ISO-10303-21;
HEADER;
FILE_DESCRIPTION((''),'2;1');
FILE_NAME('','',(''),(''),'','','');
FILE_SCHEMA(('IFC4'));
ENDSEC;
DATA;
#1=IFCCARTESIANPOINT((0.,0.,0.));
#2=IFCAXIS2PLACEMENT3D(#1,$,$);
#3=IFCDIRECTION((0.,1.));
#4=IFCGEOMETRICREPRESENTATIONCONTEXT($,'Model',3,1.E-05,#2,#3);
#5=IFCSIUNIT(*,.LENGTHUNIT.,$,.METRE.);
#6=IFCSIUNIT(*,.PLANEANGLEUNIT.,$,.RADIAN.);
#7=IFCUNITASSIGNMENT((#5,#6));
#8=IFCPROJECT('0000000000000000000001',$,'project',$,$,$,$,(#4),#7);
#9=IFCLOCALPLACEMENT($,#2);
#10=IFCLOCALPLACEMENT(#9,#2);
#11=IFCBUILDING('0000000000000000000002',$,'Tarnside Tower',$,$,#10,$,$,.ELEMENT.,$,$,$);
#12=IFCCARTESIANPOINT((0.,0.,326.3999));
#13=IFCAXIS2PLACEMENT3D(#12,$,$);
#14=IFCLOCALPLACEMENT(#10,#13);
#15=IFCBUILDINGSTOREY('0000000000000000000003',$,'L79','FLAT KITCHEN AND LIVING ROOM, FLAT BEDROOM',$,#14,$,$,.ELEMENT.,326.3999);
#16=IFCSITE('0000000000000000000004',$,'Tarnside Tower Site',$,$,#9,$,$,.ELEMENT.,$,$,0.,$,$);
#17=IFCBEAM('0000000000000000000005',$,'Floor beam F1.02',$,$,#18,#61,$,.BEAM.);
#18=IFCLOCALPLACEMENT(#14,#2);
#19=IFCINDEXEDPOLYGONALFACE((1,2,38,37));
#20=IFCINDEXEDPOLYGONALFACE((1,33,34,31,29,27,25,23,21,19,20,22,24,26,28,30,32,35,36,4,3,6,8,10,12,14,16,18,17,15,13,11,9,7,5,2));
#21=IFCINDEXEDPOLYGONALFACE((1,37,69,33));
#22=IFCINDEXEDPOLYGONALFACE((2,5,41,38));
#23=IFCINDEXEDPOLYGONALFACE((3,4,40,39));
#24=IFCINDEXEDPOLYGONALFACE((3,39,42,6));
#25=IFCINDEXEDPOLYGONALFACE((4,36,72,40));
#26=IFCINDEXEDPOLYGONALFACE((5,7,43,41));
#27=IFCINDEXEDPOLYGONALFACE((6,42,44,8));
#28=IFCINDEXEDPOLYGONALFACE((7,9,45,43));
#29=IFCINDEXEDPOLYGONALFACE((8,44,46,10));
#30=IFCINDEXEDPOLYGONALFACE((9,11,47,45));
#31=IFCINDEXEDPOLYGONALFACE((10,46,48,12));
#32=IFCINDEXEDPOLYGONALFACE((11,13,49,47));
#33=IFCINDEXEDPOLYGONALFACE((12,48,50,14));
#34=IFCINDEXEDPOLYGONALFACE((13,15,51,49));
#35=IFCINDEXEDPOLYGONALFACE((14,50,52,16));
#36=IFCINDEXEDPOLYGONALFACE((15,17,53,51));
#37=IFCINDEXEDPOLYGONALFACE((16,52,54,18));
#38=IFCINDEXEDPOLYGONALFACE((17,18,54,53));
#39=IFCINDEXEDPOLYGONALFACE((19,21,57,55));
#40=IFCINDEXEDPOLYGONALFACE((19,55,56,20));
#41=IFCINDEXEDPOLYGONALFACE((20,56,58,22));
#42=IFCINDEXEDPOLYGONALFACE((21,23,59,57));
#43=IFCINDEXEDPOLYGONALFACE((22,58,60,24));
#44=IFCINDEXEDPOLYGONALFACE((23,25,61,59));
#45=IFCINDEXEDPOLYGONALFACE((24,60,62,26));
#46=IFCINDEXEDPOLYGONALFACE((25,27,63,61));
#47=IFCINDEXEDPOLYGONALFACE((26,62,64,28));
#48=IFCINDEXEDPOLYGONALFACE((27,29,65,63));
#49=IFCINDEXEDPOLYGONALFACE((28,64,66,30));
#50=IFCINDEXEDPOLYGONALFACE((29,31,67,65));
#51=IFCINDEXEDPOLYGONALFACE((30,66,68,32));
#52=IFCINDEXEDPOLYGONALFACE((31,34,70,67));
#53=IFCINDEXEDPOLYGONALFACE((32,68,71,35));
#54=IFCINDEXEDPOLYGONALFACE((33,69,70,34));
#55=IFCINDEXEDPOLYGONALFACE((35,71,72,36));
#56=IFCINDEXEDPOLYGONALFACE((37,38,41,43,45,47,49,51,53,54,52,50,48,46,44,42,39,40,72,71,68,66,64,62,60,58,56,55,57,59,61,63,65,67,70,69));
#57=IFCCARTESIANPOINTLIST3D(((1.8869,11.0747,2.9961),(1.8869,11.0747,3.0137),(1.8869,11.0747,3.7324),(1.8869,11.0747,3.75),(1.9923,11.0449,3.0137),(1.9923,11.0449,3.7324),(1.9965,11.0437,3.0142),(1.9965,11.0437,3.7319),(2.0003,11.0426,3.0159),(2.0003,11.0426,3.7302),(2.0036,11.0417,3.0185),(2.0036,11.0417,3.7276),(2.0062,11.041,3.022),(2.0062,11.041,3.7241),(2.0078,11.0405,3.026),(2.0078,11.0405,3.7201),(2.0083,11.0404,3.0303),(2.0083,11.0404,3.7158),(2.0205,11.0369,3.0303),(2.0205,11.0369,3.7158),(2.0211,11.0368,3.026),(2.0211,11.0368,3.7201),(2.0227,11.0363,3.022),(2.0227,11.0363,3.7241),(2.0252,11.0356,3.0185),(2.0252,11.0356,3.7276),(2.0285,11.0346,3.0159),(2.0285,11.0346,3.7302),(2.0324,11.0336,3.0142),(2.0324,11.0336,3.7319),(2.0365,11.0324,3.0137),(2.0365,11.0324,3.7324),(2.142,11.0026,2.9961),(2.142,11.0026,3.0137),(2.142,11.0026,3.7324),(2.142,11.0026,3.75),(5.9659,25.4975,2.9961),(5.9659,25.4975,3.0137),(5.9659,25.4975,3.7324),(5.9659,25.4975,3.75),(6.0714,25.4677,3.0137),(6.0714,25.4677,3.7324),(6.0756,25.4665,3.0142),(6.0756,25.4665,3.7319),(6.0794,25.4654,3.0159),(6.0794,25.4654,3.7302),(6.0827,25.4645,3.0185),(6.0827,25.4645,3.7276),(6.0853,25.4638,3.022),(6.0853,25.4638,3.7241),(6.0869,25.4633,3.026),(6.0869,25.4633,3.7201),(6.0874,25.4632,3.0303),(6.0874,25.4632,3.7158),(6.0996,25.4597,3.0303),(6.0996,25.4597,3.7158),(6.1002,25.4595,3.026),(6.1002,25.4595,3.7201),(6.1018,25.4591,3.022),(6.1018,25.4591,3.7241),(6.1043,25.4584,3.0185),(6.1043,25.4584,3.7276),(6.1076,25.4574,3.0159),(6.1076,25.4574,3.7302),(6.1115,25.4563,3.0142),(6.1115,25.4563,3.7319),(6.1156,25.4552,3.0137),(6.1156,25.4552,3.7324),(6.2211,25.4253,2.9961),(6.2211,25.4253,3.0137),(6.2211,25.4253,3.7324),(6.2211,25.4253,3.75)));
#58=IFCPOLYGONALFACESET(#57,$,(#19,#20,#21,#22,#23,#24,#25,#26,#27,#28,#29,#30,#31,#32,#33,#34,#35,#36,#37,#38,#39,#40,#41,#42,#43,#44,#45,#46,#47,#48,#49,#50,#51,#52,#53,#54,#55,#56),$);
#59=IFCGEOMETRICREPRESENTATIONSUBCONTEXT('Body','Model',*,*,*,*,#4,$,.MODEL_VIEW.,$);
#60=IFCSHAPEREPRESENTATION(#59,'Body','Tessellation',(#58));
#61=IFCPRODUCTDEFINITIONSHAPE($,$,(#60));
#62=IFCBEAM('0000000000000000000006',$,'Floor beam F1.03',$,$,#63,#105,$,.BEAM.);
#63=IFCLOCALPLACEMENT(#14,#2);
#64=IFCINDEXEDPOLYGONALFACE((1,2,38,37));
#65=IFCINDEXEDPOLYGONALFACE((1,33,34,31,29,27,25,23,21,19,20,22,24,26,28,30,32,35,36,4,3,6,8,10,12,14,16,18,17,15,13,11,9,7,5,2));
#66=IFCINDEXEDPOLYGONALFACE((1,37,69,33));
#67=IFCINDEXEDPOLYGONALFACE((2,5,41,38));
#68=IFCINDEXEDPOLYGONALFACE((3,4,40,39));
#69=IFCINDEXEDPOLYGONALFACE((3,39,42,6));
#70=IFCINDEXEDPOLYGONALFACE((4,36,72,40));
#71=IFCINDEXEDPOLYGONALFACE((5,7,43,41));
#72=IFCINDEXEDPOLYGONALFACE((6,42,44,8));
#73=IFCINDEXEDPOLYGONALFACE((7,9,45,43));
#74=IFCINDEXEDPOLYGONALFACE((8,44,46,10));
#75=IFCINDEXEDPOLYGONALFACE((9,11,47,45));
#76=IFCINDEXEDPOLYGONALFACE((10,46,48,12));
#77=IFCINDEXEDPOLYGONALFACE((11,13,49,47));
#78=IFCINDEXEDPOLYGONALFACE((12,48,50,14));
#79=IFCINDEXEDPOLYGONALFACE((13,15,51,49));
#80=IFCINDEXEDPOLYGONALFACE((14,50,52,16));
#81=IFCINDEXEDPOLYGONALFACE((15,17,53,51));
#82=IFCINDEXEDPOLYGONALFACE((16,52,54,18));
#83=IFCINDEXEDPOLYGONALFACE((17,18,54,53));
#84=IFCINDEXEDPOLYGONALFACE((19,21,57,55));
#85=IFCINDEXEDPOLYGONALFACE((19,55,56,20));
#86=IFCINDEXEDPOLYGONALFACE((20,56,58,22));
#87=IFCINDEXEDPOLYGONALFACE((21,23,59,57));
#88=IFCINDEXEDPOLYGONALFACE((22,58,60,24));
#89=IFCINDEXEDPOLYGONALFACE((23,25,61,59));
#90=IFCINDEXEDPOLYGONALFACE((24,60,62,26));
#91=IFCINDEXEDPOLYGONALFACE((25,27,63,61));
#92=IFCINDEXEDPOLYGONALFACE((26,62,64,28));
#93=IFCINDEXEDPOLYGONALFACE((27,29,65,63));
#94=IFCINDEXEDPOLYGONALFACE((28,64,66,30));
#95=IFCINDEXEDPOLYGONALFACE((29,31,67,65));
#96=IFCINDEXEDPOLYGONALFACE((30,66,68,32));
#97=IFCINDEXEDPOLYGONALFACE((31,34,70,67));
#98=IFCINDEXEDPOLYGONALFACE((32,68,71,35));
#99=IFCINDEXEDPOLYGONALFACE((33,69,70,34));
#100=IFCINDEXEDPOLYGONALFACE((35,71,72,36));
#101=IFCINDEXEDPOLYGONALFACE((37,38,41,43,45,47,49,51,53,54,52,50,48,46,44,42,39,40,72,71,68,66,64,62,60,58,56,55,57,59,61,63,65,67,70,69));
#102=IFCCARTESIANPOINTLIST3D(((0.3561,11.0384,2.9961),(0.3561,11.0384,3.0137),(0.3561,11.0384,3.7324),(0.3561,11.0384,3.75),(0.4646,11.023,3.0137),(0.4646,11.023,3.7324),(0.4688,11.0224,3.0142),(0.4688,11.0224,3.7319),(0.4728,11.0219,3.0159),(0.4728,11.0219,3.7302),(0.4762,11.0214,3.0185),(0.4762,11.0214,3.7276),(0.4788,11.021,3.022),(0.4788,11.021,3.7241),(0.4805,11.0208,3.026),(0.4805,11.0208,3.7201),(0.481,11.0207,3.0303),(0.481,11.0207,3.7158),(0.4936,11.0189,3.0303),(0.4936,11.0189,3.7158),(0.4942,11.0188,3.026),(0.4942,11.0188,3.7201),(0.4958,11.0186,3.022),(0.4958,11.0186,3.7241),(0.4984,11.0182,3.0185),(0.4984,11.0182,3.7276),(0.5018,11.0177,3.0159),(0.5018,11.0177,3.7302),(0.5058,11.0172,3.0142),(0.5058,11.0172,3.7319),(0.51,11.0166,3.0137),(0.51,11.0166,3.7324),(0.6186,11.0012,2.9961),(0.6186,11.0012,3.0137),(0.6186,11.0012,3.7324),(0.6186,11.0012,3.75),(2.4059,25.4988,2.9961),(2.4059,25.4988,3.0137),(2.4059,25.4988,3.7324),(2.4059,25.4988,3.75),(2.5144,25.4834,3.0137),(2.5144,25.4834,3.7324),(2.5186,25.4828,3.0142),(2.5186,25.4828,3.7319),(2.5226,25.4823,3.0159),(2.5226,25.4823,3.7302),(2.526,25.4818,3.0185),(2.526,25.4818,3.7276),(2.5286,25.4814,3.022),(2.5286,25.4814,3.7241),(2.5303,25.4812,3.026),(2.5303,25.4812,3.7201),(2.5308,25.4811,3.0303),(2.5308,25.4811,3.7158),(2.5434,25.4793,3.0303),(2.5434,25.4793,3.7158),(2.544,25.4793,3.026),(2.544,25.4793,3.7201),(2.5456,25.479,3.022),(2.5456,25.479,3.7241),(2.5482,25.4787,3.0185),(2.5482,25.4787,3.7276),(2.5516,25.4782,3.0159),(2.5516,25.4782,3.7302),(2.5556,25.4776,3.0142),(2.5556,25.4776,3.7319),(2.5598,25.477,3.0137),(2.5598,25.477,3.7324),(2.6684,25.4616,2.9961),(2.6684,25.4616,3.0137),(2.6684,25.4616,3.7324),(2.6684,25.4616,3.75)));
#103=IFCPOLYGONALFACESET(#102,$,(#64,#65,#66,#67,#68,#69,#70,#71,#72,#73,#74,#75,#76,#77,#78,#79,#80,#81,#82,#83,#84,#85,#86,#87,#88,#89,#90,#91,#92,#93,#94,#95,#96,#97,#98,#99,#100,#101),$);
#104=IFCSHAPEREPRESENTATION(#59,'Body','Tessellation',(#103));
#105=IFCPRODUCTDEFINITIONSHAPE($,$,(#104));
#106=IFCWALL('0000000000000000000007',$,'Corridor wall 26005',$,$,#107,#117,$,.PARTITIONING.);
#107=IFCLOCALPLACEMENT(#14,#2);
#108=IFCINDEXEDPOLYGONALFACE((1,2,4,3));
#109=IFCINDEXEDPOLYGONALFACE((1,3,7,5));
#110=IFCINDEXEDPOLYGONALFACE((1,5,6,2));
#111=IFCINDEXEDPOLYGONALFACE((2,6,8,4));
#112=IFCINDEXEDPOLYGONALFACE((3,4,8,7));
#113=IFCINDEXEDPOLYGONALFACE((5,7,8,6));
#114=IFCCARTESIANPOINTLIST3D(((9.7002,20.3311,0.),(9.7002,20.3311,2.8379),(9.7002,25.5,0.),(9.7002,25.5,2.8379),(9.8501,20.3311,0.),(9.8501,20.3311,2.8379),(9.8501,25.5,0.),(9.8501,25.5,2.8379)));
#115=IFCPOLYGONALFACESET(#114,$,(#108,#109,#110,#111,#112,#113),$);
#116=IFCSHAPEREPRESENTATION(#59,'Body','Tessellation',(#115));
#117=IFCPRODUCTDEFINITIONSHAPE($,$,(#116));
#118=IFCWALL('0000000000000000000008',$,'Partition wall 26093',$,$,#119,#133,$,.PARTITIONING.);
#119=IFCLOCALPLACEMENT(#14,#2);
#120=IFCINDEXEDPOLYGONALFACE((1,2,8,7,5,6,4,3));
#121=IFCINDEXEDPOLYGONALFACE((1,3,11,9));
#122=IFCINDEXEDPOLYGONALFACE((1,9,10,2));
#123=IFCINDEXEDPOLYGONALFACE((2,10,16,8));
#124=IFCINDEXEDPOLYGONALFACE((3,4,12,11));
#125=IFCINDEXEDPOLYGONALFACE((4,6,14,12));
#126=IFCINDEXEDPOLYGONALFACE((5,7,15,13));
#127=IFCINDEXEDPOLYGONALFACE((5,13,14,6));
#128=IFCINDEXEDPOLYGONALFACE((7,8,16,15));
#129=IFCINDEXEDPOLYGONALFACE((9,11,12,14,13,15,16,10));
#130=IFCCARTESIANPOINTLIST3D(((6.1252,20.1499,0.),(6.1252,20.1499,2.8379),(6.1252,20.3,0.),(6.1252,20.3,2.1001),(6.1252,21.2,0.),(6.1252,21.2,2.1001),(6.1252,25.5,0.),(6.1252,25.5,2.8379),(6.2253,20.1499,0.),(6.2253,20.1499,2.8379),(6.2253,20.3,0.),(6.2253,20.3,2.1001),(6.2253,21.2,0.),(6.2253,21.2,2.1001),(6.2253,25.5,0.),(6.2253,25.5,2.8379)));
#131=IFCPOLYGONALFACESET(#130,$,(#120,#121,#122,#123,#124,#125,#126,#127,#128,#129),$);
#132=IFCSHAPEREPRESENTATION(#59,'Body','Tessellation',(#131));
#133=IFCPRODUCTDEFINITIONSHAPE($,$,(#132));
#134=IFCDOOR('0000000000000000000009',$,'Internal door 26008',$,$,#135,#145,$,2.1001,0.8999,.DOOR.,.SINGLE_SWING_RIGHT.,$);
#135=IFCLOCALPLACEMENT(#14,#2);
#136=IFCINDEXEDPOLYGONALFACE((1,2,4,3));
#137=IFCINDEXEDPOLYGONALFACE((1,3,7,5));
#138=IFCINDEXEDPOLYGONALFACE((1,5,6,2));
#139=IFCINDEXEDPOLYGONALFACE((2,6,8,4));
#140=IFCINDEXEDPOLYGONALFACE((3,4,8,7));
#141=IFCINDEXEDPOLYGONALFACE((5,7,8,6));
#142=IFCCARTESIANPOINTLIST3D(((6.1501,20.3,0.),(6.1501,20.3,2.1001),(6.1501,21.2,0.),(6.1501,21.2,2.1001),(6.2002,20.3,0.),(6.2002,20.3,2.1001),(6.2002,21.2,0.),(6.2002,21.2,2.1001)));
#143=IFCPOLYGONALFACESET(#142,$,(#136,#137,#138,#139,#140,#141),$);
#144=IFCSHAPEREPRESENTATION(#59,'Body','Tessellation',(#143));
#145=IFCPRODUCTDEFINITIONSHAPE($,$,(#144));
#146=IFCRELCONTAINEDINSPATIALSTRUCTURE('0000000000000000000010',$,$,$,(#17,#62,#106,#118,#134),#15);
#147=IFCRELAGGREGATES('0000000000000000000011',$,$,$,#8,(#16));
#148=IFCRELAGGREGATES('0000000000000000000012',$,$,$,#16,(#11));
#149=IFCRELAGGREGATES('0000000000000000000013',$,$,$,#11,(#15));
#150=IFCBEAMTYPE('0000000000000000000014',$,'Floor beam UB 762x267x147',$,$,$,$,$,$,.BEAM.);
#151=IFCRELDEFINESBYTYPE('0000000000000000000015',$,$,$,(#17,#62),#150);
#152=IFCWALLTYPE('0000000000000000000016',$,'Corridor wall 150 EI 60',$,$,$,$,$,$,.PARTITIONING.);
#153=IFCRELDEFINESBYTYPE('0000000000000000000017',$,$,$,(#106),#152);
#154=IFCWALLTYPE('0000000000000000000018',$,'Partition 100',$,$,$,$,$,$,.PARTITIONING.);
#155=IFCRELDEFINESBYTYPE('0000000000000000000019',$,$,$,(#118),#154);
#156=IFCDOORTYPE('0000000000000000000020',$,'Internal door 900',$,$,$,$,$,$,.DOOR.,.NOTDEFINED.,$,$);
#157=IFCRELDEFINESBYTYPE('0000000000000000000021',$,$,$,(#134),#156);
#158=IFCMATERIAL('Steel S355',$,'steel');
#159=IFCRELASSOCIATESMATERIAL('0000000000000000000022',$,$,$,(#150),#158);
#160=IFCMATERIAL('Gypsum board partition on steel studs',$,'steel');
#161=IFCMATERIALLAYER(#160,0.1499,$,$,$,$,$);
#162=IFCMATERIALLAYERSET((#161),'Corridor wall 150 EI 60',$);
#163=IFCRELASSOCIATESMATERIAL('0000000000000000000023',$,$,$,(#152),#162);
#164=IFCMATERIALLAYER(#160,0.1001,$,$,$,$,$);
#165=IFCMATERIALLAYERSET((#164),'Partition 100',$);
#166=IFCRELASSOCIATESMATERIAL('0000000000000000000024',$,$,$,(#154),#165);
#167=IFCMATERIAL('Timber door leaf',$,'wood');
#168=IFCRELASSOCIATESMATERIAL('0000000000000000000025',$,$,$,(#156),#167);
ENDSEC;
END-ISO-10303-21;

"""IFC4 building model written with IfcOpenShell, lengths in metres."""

from ifc_helpers import new_model, si_unit, direction, frame, frame_2d, origin, origin_2d, place, context, subcontext, project, spatial, rectangle, i_section, extrude, material, layer, layer_set, material_profile, profile_set, type_object, element, fill, save


model = new_model("IFC4")

# Units and contexts
model_context = context("Model", 3, precision=1e-05, world=origin(), true_north=direction((0.0, 1.0)))
body_context = subcontext(model_context, "Body", "Model", "MODEL_VIEW")
ifc_project = project(units=[si_unit("LENGTHUNIT", "METRE"), si_unit("PLANEANGLEUNIT", "RADIAN")], contexts=[model_context])

# Site, building, storey
site_placement = place(None, origin())
site = spatial("IfcSite", under=ifc_project, at=site_placement, Name="Tarnside Tower Site", CompositionType="ELEMENT", RefElevation=0.0)
building_placement = place(site_placement, origin())
building = spatial("IfcBuilding", under=site, at=building_placement, Name="Tarnside Tower", CompositionType="ELEMENT")
storey_placement = place(building_placement, frame((0.0, 0.0, 326.3999)))
storey = spatial("IfcBuildingStorey", under=building, at=storey_placement, Name="L79", Description="FLAT KITCHEN AND LIVING ROOM, FLAT BEDROOM", CompositionType="ELEMENT", Elevation=326.3999)

# Beams
ifc_material_1 = material(Name="Steel S355", Category="steel")
ifc_material_profile = material_profile(ifc_material_1, i_section(OverallWidth=0.2651, OverallDepth=0.7539, WebThickness=0.0127, FlangeThickness=0.0176, FilletRadius=0.0166, at=origin_2d()), Name="UB 762x267x147")
ifc_profile_set = profile_set([ifc_material_profile], Name="Steel S355")
beam_type = type_object("IfcBeamType", Name="Floor beam UB 762x267x147", PredefinedType="BEAM", material=ifc_profile_set)
beam_1_placement = place(storey_placement, frame((6.0935, 25.4614, 3.373), z_axis=(-0.272147, -0.962256, 0.0), x_axis=(0.962256, -0.272147, 0.0)))
element("IfcBeam", 1, at=beam_1_placement, inside=storey, type_object=beam_type, Name="Floor beam F1.02", PredefinedType="BEAM", context=body_context, shape_type="SweptSolid", body=[
    extrude(i_section(OverallWidth=0.2651, OverallDepth=0.7539, WebThickness=0.0127, FlangeThickness=0.0176, FilletRadius=0.0166, at=origin_2d()), origin(), (0.0, 0.0, 1.0), 14.9885),
])
beam_2_placement = place(storey_placement, frame((2.5371, 25.4802, 3.373), z_axis=(-0.140349, -0.990102, 0.0), x_axis=(0.990102, -0.140349, 0.0)))
element("IfcBeam", 2, at=beam_2_placement, inside=storey, type_object=beam_type, Name="Floor beam F1.03", PredefinedType="BEAM", context=body_context, shape_type="SweptSolid", body=[
    extrude(i_section(OverallWidth=0.2651, OverallDepth=0.7539, WebThickness=0.0127, FlangeThickness=0.0176, FilletRadius=0.0166, at=origin_2d()), origin(), (0.0, 0.0, 1.0), 14.605),
])

# Wall
ifc_material_2 = material(Name="Gypsum board partition on steel studs", Category="steel")
ifc_layer_1 = layer(ifc_material_2, 0.1499)
ifc_layer_set_1 = layer_set([ifc_layer_1], Name="Corridor wall 150 EI 60")
wall_type_1 = type_object("IfcWallType", Name="Corridor wall 150 EI 60", PredefinedType="PARTITIONING", material=ifc_layer_set_1)
wall_1_placement = place(storey_placement, frame((9.7751, 25.5, 0.0), z_axis=(0.0, 0.0, 1.0), x_axis=(0.0, -1.0, 0.0)))
element("IfcWall", 3, at=wall_1_placement, inside=storey, type_object=wall_type_1, Name="Corridor wall 26005", PredefinedType="PARTITIONING", context=body_context, shape_type="SweptSolid", body=[
    extrude(rectangle(XDim=5.1689, YDim=0.1499, at=frame_2d((2.5845, 0.0))), origin(), (0.0, 0.0, 1.0), 2.8379),
])

# Wall, opening, door
ifc_layer_2 = layer(ifc_material_2, 0.1001)
ifc_layer_set_2 = layer_set([ifc_layer_2], Name="Partition 100")
wall_type_2 = type_object("IfcWallType", Name="Partition 100", PredefinedType="PARTITIONING", material=ifc_layer_set_2)
wall_2_placement = place(storey_placement, frame((6.1753, 25.5, 0.0), z_axis=(0.0, 0.0, 1.0), x_axis=(0.0, -1.0, 0.0)))
wall_2 = element("IfcWall", 4, at=wall_2_placement, inside=storey, type_object=wall_type_2, Name="Partition wall 26093", PredefinedType="PARTITIONING", context=body_context, shape_type="SweptSolid", body=[
    extrude(rectangle(XDim=5.3501, YDim=0.1001, at=frame_2d((2.675, 0.0))), origin(), (0.0, 0.0, 1.0), 2.8379),
])
opening_1_placement = place(wall_2_placement, frame((4.3, 0.0, 0.0)))
opening_1 = element("IfcOpeningElement", 5, at=opening_1_placement, cuts=wall_2, PredefinedType="OPENING", context=body_context, shape_type="SweptSolid", body=[
    extrude(rectangle(XDim=0.8999, YDim=2.1001, at=frame_2d((0.45, 1.05))), frame((0.0, 0.0601, 0.0), z_axis=(0.0, -1.0, 0.0), x_axis=(1.0, 0.0, 0.0)), (0.0, 0.0, 1.0), 0.1201),
])
ifc_material_3 = material(Name="Timber door leaf", Category="wood")
door_type = type_object("IfcDoorType", Name="Internal door 900", OperationType="NOTDEFINED", PredefinedType="DOOR", material=ifc_material_3)
door_placement = place(opening_1_placement, origin())
door = element("IfcDoor", 6, at=door_placement, inside=storey, type_object=door_type, Name="Internal door 26008", OperationType="SINGLE_SWING_RIGHT", OverallHeight=2.1001, OverallWidth=0.8999, PredefinedType="DOOR", context=body_context, shape_type="SweptSolid", body=[
    extrude(rectangle(XDim=0.8999, YDim=2.1001, at=frame_2d((0.45, 1.05))), frame((0.0, 0.0249, 0.0), z_axis=(0.0, -1.0, 0.0), x_axis=(1.0, 0.0, 0.0)), (0.0, 0.0, 1.0), 0.05),
])
fill(opening_1, door)

save(model, "model.ifc")
